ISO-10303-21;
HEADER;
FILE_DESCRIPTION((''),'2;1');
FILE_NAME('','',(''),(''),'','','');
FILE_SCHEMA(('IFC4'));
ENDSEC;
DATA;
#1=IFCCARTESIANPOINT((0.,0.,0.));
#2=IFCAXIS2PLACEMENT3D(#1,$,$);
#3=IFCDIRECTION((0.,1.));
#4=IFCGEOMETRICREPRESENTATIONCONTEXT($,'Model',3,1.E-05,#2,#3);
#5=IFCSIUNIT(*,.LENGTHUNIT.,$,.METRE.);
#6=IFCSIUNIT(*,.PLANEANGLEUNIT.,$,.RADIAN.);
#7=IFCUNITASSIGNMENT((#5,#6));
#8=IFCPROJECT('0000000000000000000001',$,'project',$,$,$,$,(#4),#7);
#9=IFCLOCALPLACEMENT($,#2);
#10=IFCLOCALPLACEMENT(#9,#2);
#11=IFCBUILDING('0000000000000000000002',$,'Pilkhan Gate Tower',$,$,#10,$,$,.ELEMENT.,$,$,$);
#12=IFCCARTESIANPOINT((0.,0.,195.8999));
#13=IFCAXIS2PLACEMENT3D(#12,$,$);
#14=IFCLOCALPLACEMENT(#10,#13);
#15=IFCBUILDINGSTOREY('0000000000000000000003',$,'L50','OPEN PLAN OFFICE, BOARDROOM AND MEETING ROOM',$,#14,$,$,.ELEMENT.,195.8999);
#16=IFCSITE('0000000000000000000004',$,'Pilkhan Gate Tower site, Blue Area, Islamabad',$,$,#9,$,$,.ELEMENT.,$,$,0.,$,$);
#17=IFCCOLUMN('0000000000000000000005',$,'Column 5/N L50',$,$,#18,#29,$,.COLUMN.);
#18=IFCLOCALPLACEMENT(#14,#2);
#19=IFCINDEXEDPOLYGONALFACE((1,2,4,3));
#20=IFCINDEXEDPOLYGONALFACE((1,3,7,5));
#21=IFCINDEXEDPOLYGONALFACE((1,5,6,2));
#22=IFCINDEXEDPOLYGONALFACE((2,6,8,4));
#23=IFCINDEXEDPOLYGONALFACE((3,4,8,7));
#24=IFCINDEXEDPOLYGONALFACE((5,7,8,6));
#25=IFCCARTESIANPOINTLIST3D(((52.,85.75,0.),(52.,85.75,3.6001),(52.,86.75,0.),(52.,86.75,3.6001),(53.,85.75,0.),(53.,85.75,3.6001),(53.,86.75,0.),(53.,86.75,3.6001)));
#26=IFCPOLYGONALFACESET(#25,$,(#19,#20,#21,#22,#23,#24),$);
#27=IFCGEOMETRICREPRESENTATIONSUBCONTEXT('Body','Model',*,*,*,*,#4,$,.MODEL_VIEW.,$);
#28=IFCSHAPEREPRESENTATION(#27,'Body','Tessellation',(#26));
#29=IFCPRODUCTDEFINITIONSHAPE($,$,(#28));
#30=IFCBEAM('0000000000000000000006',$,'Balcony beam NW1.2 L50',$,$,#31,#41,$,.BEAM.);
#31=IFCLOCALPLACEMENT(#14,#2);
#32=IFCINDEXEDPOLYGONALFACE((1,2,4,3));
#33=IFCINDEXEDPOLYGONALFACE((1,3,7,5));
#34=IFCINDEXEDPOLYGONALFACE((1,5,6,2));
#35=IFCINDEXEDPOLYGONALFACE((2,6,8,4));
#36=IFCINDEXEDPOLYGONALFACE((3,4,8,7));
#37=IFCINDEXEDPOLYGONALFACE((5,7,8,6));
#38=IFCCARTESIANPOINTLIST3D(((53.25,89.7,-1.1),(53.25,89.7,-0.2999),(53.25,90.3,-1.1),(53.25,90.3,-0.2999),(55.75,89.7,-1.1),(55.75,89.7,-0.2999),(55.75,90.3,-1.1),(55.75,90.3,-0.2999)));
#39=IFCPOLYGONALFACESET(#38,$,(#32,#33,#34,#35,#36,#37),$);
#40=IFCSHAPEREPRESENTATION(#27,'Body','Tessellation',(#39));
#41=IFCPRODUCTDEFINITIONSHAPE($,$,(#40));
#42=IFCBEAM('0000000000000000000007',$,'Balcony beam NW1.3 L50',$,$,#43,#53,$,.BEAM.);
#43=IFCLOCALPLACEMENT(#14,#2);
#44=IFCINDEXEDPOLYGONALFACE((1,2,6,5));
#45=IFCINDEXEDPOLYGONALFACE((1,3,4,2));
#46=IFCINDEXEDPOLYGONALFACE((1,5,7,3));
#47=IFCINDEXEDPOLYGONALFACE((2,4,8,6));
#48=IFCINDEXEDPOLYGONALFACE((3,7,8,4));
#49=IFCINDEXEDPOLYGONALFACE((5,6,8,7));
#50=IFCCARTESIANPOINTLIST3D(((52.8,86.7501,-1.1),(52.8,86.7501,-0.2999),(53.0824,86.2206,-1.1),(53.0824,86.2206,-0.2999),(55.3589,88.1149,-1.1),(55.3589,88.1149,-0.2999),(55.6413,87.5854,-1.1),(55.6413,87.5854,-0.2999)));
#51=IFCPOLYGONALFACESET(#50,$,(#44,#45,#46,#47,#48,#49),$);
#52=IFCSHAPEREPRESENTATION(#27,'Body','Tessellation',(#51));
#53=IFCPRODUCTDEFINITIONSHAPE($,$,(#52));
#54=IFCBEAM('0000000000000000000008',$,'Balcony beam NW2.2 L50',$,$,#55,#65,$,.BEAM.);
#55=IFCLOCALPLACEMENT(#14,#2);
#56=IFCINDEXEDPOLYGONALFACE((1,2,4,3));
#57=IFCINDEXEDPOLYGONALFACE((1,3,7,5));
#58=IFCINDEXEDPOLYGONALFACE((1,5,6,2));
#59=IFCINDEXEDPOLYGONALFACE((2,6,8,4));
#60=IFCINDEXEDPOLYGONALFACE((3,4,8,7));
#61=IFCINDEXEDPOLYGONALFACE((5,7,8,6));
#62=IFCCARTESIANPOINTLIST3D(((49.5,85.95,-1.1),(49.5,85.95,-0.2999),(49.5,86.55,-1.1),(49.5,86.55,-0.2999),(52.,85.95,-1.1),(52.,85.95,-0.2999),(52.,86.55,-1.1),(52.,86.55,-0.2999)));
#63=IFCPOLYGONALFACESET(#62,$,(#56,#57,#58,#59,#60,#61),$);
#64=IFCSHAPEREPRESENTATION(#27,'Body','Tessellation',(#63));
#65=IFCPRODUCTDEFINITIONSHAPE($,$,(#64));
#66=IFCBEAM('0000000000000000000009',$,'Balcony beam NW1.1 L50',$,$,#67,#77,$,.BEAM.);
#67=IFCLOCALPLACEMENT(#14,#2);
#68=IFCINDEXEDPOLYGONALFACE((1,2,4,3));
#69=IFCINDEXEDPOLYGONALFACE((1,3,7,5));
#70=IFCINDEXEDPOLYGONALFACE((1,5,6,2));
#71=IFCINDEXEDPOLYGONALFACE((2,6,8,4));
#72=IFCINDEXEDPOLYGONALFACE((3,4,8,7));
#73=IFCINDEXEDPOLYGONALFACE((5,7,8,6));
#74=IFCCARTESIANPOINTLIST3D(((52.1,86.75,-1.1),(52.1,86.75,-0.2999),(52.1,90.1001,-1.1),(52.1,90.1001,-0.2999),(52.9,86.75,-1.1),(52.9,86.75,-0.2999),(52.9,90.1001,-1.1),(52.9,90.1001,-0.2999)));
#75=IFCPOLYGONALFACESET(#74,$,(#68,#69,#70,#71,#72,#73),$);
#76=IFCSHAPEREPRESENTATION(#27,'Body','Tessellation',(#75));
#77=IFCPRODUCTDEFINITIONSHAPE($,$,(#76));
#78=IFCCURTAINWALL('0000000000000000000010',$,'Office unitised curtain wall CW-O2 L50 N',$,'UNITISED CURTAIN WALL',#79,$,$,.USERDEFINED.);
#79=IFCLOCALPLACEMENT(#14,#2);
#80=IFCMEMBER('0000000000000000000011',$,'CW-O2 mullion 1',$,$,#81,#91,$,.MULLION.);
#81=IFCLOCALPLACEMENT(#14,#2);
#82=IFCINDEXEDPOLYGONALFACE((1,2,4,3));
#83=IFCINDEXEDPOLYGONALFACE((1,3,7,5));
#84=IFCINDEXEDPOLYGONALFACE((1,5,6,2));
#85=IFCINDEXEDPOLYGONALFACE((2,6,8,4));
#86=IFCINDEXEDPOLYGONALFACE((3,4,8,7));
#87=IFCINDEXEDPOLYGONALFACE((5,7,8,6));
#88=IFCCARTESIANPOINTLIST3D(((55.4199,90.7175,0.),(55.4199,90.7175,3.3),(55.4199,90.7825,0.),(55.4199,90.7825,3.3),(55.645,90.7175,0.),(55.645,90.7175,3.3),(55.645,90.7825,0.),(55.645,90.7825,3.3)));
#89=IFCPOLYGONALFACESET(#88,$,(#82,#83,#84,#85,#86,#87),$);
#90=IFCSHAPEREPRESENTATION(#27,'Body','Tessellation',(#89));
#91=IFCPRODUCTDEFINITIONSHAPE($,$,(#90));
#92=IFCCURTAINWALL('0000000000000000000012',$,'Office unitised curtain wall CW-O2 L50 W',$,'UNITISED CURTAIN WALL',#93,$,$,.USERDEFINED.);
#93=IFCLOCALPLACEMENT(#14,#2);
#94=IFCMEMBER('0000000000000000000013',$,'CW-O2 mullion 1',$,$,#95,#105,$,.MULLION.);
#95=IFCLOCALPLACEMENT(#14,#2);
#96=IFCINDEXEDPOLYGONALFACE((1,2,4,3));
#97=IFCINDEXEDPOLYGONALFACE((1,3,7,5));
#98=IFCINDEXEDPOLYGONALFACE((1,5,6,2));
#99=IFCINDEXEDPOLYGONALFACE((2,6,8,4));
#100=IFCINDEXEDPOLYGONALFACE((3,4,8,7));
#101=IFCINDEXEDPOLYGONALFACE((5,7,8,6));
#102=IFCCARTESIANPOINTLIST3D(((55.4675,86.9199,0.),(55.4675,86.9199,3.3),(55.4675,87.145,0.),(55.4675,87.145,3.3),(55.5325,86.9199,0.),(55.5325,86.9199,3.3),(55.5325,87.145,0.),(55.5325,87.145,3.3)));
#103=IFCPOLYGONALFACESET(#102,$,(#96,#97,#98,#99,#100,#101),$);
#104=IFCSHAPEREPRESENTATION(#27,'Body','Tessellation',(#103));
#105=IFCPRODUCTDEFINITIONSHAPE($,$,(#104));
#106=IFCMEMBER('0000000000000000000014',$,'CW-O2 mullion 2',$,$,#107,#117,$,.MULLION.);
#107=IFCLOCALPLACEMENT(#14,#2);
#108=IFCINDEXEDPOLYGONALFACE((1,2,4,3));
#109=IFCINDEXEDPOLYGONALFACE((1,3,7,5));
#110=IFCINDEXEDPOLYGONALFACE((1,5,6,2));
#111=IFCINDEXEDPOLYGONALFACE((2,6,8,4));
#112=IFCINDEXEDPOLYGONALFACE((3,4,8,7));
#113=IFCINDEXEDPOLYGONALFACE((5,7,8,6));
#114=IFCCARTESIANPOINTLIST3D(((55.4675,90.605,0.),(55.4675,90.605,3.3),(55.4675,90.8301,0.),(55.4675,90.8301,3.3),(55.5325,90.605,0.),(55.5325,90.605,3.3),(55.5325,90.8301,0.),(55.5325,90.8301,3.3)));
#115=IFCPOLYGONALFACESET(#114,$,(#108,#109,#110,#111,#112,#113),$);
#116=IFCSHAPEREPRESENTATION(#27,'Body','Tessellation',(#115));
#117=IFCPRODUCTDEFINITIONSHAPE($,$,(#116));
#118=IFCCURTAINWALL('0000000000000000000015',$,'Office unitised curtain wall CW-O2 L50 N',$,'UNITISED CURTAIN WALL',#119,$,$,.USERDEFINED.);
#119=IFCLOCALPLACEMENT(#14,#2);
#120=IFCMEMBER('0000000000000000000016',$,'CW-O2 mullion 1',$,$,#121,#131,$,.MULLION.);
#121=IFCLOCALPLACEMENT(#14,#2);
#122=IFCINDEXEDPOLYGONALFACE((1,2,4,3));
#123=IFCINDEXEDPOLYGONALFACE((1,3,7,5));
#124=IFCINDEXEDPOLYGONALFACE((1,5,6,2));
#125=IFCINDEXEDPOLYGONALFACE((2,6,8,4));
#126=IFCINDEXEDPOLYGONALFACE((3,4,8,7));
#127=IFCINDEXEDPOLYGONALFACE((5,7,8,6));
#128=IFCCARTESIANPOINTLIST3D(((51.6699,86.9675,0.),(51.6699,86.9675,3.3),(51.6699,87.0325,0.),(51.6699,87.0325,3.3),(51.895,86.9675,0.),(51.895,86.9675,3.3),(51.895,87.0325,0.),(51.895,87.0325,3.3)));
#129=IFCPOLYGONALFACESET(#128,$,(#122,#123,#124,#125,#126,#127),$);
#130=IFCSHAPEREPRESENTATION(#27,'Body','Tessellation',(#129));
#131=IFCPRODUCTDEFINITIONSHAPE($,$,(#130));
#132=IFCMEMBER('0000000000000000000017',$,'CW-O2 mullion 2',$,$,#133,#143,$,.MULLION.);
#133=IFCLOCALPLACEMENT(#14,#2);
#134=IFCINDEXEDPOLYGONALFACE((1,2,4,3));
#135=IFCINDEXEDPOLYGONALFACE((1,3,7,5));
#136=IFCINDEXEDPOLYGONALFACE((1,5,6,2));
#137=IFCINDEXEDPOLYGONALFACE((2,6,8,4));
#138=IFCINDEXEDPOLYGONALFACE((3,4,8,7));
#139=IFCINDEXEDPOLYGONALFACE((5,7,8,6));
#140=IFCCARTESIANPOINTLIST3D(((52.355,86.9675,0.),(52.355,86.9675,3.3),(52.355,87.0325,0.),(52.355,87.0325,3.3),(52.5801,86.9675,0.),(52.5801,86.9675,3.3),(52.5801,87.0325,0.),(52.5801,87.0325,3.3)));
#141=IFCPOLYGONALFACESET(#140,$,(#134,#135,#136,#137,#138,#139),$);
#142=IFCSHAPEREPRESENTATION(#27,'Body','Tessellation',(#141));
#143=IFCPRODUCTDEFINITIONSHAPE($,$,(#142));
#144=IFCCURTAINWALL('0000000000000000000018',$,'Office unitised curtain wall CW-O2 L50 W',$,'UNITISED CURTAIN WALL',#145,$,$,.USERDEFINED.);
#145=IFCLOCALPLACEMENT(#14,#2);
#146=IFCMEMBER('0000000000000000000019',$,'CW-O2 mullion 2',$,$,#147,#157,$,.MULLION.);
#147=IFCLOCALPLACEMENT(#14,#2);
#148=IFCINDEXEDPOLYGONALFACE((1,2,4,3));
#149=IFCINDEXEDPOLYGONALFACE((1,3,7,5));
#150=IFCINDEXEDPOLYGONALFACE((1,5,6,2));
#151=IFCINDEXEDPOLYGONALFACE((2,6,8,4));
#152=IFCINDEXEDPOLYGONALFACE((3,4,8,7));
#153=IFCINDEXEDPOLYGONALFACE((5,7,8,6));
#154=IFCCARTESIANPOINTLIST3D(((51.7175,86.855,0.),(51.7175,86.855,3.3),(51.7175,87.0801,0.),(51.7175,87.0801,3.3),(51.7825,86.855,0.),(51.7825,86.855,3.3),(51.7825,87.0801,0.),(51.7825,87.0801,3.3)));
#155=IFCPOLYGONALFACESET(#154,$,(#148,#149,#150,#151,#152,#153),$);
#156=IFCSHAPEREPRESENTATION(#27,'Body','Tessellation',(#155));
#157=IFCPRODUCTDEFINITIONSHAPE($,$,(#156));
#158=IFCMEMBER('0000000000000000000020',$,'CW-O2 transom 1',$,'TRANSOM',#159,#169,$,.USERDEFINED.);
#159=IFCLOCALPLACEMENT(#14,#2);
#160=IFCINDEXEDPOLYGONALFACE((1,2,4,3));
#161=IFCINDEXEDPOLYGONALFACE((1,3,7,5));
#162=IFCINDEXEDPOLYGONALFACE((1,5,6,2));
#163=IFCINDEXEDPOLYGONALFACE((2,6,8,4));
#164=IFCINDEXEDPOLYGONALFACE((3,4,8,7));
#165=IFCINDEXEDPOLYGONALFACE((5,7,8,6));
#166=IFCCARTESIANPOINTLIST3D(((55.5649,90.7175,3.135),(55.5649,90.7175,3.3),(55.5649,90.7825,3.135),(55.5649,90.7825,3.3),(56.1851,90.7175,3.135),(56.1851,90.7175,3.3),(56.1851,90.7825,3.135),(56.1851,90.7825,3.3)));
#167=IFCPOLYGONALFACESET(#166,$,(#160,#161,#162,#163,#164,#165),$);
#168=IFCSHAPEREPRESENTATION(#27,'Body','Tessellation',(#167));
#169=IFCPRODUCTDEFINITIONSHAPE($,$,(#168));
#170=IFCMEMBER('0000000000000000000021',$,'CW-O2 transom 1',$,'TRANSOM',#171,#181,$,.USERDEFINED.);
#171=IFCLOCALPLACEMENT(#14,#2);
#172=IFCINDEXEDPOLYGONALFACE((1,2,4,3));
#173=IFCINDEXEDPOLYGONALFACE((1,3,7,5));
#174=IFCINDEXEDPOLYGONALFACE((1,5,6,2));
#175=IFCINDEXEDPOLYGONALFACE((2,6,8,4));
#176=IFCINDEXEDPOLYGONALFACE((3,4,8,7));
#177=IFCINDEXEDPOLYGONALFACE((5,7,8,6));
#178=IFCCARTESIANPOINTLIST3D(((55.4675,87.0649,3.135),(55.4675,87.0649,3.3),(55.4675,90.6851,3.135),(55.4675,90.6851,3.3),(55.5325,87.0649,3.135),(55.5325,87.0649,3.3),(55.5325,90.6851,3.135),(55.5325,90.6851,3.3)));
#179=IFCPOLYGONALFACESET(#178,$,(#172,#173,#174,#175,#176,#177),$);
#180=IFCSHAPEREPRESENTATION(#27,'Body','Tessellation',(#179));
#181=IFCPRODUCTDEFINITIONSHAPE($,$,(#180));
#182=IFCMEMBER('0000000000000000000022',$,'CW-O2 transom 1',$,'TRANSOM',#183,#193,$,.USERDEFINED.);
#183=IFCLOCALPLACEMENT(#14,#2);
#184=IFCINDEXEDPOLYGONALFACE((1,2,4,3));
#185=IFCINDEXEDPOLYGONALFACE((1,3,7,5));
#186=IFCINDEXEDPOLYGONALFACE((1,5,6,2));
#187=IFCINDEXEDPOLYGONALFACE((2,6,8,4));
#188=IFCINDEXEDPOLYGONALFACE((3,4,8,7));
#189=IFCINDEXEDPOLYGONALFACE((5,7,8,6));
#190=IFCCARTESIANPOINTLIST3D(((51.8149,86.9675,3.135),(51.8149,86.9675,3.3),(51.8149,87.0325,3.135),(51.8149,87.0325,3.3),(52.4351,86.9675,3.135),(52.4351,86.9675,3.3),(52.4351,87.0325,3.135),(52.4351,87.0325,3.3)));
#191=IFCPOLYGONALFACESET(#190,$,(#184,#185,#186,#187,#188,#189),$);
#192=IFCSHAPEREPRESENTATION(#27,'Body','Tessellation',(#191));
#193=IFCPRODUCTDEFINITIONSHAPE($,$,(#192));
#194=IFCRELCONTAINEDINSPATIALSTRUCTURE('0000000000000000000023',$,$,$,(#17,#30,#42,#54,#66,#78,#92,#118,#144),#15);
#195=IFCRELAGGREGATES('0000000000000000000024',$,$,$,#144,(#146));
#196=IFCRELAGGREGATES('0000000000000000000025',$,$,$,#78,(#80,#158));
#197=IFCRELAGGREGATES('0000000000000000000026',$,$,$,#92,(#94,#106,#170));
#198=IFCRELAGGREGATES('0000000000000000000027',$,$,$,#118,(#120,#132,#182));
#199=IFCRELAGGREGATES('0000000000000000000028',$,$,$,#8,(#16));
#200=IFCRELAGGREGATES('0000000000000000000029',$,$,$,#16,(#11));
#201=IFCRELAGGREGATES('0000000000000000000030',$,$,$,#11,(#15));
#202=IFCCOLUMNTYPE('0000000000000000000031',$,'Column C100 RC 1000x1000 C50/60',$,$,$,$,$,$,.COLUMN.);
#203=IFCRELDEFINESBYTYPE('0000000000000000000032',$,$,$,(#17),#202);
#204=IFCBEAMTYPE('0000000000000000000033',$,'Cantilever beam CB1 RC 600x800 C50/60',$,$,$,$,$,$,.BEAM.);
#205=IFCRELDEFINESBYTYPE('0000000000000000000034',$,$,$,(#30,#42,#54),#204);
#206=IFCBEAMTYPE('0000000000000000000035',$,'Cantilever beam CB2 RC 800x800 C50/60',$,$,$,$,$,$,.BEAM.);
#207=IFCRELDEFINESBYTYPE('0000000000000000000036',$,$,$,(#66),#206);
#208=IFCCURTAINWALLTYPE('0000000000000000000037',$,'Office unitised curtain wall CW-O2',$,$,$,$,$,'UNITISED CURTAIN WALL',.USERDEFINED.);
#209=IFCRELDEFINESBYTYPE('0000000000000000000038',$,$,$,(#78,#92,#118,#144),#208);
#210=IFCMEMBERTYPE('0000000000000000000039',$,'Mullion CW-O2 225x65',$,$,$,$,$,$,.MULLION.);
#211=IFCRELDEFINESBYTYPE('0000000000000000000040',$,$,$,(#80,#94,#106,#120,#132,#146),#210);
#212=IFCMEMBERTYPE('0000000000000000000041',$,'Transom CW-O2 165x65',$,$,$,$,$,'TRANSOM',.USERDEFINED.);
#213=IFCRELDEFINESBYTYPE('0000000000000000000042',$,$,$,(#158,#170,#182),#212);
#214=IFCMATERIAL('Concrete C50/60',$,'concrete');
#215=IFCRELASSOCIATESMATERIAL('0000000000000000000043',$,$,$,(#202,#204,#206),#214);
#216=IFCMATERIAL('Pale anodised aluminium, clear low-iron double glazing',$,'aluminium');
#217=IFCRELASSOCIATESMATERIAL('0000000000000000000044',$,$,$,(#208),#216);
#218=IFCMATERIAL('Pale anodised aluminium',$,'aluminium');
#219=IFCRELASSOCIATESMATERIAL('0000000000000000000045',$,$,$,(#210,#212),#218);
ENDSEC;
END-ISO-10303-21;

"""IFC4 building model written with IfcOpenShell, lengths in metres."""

from ifc_helpers import new_model, si_unit, direction, frame, origin, origin_2d, place, context, subcontext, project, spatial, rectangle, extrude, material, material_profile, profile_set, type_object, element, aggregate, save


model = new_model("IFC4")

# Units and contexts
model_context = context("Model", 3, precision=1e-05, world=origin(), true_north=direction((0.0, 1.0)))
body_context = subcontext(model_context, "Body", "Model", "MODEL_VIEW")
ifc_project = project(units=[si_unit("LENGTHUNIT", "METRE"), si_unit("PLANEANGLEUNIT", "RADIAN")], contexts=[model_context])

# Site, building, storey
site_placement = place(None, origin())
site = spatial("IfcSite", under=ifc_project, at=site_placement, Name="Pilkhan Gate Tower site, Blue Area, Islamabad", CompositionType="ELEMENT", RefElevation=0.0)
building_placement = place(site_placement, origin())
building = spatial("IfcBuilding", under=site, at=building_placement, Name="Pilkhan Gate Tower", CompositionType="ELEMENT")
storey_placement = place(building_placement, frame((0.0, 0.0, 195.8999)))
storey = spatial("IfcBuildingStorey", under=building, at=storey_placement, Name="L50", Description="OPEN PLAN OFFICE, BOARDROOM AND MEETING ROOM", CompositionType="ELEMENT", Elevation=195.8999)

# Column
ifc_material_1 = material(Name="Concrete C50/60", Category="concrete")
ifc_material_profile_1 = material_profile(ifc_material_1, rectangle(XDim=1.0, YDim=1.0, at=origin_2d()), Name="RC 1000x1000")
ifc_profile_set_1 = profile_set([ifc_material_profile_1], Name="Concrete C50/60")
column_type = type_object("IfcColumnType", Name="Column C100 RC 1000x1000 C50/60", PredefinedType="COLUMN", material=ifc_profile_set_1)
column_placement = place(storey_placement, frame((52.5, 86.25, 0.0), z_axis=(0.0, 0.0, 1.0), x_axis=(1.0, 0.0, 0.0)))
element("IfcColumn", 1, at=column_placement, inside=storey, type_object=column_type, Name="Column 5/N L50", PredefinedType="COLUMN", context=body_context, shape_type="SweptSolid", body=[
    extrude(rectangle(XDim=1.0, YDim=1.0, at=origin_2d()), origin(), (0.0, 0.0, 1.0), 3.6001),
])

# Beams
ifc_material_profile_2 = material_profile(ifc_material_1, rectangle(XDim=0.6001, YDim=0.8, at=origin_2d()), Name="RC 600x800")
ifc_profile_set_2 = profile_set([ifc_material_profile_2], Name="Concrete C50/60")
beam_type_1 = type_object("IfcBeamType", Name="Cantilever beam CB1 RC 600x800 C50/60", PredefinedType="BEAM", material=ifc_profile_set_2)
beam_1_placement = place(storey_placement, frame((55.75, 90.0, -0.7), z_axis=(-1.0, 0.0, 0.0), x_axis=(0.0, -1.0, 0.0)))
element("IfcBeam", 2, at=beam_1_placement, inside=storey, type_object=beam_type_1, Name="Balcony beam NW1.2 L50", PredefinedType="BEAM", context=body_context, shape_type="SweptSolid", body=[
    extrude(rectangle(XDim=0.6001, YDim=0.8, at=origin_2d()), origin(), (0.0, 0.0, 1.0), 2.5),
])
beam_2_placement = place(storey_placement, frame((52.9412, 86.4854, -0.7), z_axis=(0.882348, 0.470597, 0.0), x_axis=(-0.470597, 0.882348, 0.0)))
element("IfcBeam", 3, at=beam_2_placement, inside=storey, type_object=beam_type_1, Name="Balcony beam NW1.3 L50", PredefinedType="BEAM", context=body_context, shape_type="SweptSolid", body=[
    extrude(rectangle(XDim=0.6001, YDim=0.8, at=origin_2d()), origin(), (0.0, 0.0, 1.0), 2.9001),
])
beam_3_placement = place(storey_placement, frame((52.0, 86.25, -0.7), z_axis=(-1.0, 0.0, 0.0), x_axis=(0.0, -1.0, 0.0)))
element("IfcBeam", 4, at=beam_3_placement, inside=storey, type_object=beam_type_1, Name="Balcony beam NW2.2 L50", PredefinedType="BEAM", context=body_context, shape_type="SweptSolid", body=[
    extrude(rectangle(XDim=0.6001, YDim=0.8, at=origin_2d()), origin(), (0.0, 0.0, 1.0), 2.5),
])
ifc_material_profile_3 = material_profile(ifc_material_1, rectangle(XDim=0.8, YDim=0.8, at=origin_2d()), Name="RC 800x800")
ifc_profile_set_3 = profile_set([ifc_material_profile_3], Name="Concrete C50/60")
beam_type_2 = type_object("IfcBeamType", Name="Cantilever beam CB2 RC 800x800 C50/60", PredefinedType="BEAM", material=ifc_profile_set_3)
beam_4_placement = place(storey_placement, frame((52.5, 86.75, -0.7), z_axis=(0.0, 1.0, 0.0), x_axis=(-1.0, 0.0, 0.0)))
element("IfcBeam", 5, at=beam_4_placement, inside=storey, type_object=beam_type_2, Name="Balcony beam NW1.1 L50", PredefinedType="BEAM", context=body_context, shape_type="SweptSolid", body=[
    extrude(rectangle(XDim=0.8, YDim=0.8, at=origin_2d()), origin(), (0.0, 0.0, 1.0), 3.3501),
])

# Curtain wall, member
ifc_material_2 = material(Name="Pale anodised aluminium, clear low-iron double glazing", Category="aluminium")
curtain_wall_type = type_object("IfcCurtainWallType", Name="Office unitised curtain wall CW-O2", ElementType="UNITISED CURTAIN WALL", PredefinedType="USERDEFINED", material=ifc_material_2)
curtain_wall_1_placement = place(storey_placement, origin())
curtain_wall_1 = element("IfcCurtainWall", 6, at=curtain_wall_1_placement, inside=storey, type_object=curtain_wall_type, Name="Office unitised curtain wall CW-O2 L50 N", ObjectType="UNITISED CURTAIN WALL", PredefinedType="USERDEFINED")
ifc_material_3 = material(Name="Pale anodised aluminium", Category="aluminium")
ifc_material_profile_4 = material_profile(ifc_material_3, rectangle(XDim=0.0649, YDim=0.2251, at=origin_2d()), Name="Mullion 225x65")
ifc_profile_set_4 = profile_set([ifc_material_profile_4], Name="Pale anodised aluminium")
member_type_1 = type_object("IfcMemberType", Name="Mullion CW-O2 225x65", PredefinedType="MULLION", material=ifc_profile_set_4)
member_1_placement = place(storey_placement, frame((55.5325, 90.75, 0.0), z_axis=(0.0, 0.0, 1.0), x_axis=(0.0, 1.0, 0.0)))
member_1 = element("IfcMember", 7, at=member_1_placement, type_object=member_type_1, Name="CW-O2 mullion 1", PredefinedType="MULLION", context=body_context, shape_type="SweptSolid", body=[
    extrude(rectangle(XDim=0.0649, YDim=0.2251, at=origin_2d()), origin(), (0.0, 0.0, 1.0), 3.3),
])

# Curtain walls, members
curtain_wall_2_placement = place(storey_placement, origin())
curtain_wall_2 = element("IfcCurtainWall", 8, at=curtain_wall_2_placement, inside=storey, type_object=curtain_wall_type, Name="Office unitised curtain wall CW-O2 L50 W", ObjectType="UNITISED CURTAIN WALL", PredefinedType="USERDEFINED")
member_2_placement = place(storey_placement, frame((55.5, 87.0325, 0.0), z_axis=(0.0, 0.0, 1.0), x_axis=(-1.0, 0.0, 0.0)))
member_2 = element("IfcMember", 9, at=member_2_placement, type_object=member_type_1, Name="CW-O2 mullion 1", PredefinedType="MULLION", context=body_context, shape_type="SweptSolid", body=[
    extrude(rectangle(XDim=0.0649, YDim=0.2251, at=origin_2d()), origin(), (0.0, 0.0, 1.0), 3.3),
])
member_3_placement = place(storey_placement, frame((55.5, 90.7175, 0.0), z_axis=(0.0, 0.0, 1.0), x_axis=(-1.0, 0.0, 0.0)))
member_3 = element("IfcMember", 10, at=member_3_placement, type_object=member_type_1, Name="CW-O2 mullion 2", PredefinedType="MULLION", context=body_context, shape_type="SweptSolid", body=[
    extrude(rectangle(XDim=0.0649, YDim=0.2251, at=origin_2d()), origin(), (0.0, 0.0, 1.0), 3.3),
])
curtain_wall_3_placement = place(storey_placement, origin())
curtain_wall_3 = element("IfcCurtainWall", 11, at=curtain_wall_3_placement, inside=storey, type_object=curtain_wall_type, Name="Office unitised curtain wall CW-O2 L50 N", ObjectType="UNITISED CURTAIN WALL", PredefinedType="USERDEFINED")
member_4_placement = place(storey_placement, frame((51.7825, 87.0, 0.0), z_axis=(0.0, 0.0, 1.0), x_axis=(0.0, 1.0, 0.0)))
member_4 = element("IfcMember", 12, at=member_4_placement, type_object=member_type_1, Name="CW-O2 mullion 1", PredefinedType="MULLION", context=body_context, shape_type="SweptSolid", body=[
    extrude(rectangle(XDim=0.0649, YDim=0.2251, at=origin_2d()), origin(), (0.0, 0.0, 1.0), 3.3),
])
member_5_placement = place(storey_placement, frame((52.4675, 87.0, 0.0), z_axis=(0.0, 0.0, 1.0), x_axis=(0.0, 1.0, 0.0)))
member_5 = element("IfcMember", 13, at=member_5_placement, type_object=member_type_1, Name="CW-O2 mullion 2", PredefinedType="MULLION", context=body_context, shape_type="SweptSolid", body=[
    extrude(rectangle(XDim=0.0649, YDim=0.2251, at=origin_2d()), origin(), (0.0, 0.0, 1.0), 3.3),
])

# Curtain wall, member
curtain_wall_4_placement = place(storey_placement, origin())
curtain_wall_4 = element("IfcCurtainWall", 14, at=curtain_wall_4_placement, inside=storey, type_object=curtain_wall_type, Name="Office unitised curtain wall CW-O2 L50 W", ObjectType="UNITISED CURTAIN WALL", PredefinedType="USERDEFINED")
member_6_placement = place(storey_placement, frame((51.75, 86.9675, 0.0), z_axis=(0.0, 0.0, 1.0), x_axis=(-1.0, 0.0, 0.0)))
member_6 = element("IfcMember", 15, at=member_6_placement, type_object=member_type_1, Name="CW-O2 mullion 2", PredefinedType="MULLION", context=body_context, shape_type="SweptSolid", body=[
    extrude(rectangle(XDim=0.0649, YDim=0.2251, at=origin_2d()), origin(), (0.0, 0.0, 1.0), 3.3),
])
aggregate(curtain_wall_4, [member_6])

# Members
ifc_material_profile_5 = material_profile(ifc_material_3, rectangle(XDim=0.0649, YDim=0.165, at=origin_2d()), Name="Transom 165x65")
ifc_profile_set_5 = profile_set([ifc_material_profile_5], Name="Pale anodised aluminium")
member_type_2 = type_object("IfcMemberType", Name="Transom CW-O2 165x65", ElementType="TRANSOM", PredefinedType="USERDEFINED", material=ifc_profile_set_5)
member_7_placement = place(storey_placement, frame((55.5649, 90.75, 3.2175), z_axis=(1.0, 0.0, 0.0), x_axis=(0.0, 1.0, 0.0)))
member_7 = element("IfcMember", 16, at=member_7_placement, type_object=member_type_2, Name="CW-O2 transom 1", ObjectType="TRANSOM", PredefinedType="USERDEFINED", context=body_context, shape_type="SweptSolid", body=[
    extrude(rectangle(XDim=0.0649, YDim=0.165, at=origin_2d()), origin(), (0.0, 0.0, 1.0), 0.6201),
])
member_8_placement = place(storey_placement, frame((55.5, 87.0649, 3.2175), z_axis=(0.0, 1.0, 0.0), x_axis=(-1.0, 0.0, 0.0)))
member_8 = element("IfcMember", 17, at=member_8_placement, type_object=member_type_2, Name="CW-O2 transom 1", ObjectType="TRANSOM", PredefinedType="USERDEFINED", context=body_context, shape_type="SweptSolid", body=[
    extrude(rectangle(XDim=0.0649, YDim=0.165, at=origin_2d()), origin(), (0.0, 0.0, 1.0), 3.6201),
])
member_9_placement = place(storey_placement, frame((51.8149, 87.0, 3.2175), z_axis=(1.0, 0.0, 0.0), x_axis=(0.0, 1.0, 0.0)))
member_9 = element("IfcMember", 18, at=member_9_placement, type_object=member_type_2, Name="CW-O2 transom 1", ObjectType="TRANSOM", PredefinedType="USERDEFINED", context=body_context, shape_type="SweptSolid", body=[
    extrude(rectangle(XDim=0.0649, YDim=0.165, at=origin_2d()), origin(), (0.0, 0.0, 1.0), 0.6201),
])

aggregate(curtain_wall_1, [member_1, member_7])
aggregate(curtain_wall_2, [member_2, member_3, member_8])
aggregate(curtain_wall_3, [member_4, member_5, member_9])

save(model, "model.ifc")
